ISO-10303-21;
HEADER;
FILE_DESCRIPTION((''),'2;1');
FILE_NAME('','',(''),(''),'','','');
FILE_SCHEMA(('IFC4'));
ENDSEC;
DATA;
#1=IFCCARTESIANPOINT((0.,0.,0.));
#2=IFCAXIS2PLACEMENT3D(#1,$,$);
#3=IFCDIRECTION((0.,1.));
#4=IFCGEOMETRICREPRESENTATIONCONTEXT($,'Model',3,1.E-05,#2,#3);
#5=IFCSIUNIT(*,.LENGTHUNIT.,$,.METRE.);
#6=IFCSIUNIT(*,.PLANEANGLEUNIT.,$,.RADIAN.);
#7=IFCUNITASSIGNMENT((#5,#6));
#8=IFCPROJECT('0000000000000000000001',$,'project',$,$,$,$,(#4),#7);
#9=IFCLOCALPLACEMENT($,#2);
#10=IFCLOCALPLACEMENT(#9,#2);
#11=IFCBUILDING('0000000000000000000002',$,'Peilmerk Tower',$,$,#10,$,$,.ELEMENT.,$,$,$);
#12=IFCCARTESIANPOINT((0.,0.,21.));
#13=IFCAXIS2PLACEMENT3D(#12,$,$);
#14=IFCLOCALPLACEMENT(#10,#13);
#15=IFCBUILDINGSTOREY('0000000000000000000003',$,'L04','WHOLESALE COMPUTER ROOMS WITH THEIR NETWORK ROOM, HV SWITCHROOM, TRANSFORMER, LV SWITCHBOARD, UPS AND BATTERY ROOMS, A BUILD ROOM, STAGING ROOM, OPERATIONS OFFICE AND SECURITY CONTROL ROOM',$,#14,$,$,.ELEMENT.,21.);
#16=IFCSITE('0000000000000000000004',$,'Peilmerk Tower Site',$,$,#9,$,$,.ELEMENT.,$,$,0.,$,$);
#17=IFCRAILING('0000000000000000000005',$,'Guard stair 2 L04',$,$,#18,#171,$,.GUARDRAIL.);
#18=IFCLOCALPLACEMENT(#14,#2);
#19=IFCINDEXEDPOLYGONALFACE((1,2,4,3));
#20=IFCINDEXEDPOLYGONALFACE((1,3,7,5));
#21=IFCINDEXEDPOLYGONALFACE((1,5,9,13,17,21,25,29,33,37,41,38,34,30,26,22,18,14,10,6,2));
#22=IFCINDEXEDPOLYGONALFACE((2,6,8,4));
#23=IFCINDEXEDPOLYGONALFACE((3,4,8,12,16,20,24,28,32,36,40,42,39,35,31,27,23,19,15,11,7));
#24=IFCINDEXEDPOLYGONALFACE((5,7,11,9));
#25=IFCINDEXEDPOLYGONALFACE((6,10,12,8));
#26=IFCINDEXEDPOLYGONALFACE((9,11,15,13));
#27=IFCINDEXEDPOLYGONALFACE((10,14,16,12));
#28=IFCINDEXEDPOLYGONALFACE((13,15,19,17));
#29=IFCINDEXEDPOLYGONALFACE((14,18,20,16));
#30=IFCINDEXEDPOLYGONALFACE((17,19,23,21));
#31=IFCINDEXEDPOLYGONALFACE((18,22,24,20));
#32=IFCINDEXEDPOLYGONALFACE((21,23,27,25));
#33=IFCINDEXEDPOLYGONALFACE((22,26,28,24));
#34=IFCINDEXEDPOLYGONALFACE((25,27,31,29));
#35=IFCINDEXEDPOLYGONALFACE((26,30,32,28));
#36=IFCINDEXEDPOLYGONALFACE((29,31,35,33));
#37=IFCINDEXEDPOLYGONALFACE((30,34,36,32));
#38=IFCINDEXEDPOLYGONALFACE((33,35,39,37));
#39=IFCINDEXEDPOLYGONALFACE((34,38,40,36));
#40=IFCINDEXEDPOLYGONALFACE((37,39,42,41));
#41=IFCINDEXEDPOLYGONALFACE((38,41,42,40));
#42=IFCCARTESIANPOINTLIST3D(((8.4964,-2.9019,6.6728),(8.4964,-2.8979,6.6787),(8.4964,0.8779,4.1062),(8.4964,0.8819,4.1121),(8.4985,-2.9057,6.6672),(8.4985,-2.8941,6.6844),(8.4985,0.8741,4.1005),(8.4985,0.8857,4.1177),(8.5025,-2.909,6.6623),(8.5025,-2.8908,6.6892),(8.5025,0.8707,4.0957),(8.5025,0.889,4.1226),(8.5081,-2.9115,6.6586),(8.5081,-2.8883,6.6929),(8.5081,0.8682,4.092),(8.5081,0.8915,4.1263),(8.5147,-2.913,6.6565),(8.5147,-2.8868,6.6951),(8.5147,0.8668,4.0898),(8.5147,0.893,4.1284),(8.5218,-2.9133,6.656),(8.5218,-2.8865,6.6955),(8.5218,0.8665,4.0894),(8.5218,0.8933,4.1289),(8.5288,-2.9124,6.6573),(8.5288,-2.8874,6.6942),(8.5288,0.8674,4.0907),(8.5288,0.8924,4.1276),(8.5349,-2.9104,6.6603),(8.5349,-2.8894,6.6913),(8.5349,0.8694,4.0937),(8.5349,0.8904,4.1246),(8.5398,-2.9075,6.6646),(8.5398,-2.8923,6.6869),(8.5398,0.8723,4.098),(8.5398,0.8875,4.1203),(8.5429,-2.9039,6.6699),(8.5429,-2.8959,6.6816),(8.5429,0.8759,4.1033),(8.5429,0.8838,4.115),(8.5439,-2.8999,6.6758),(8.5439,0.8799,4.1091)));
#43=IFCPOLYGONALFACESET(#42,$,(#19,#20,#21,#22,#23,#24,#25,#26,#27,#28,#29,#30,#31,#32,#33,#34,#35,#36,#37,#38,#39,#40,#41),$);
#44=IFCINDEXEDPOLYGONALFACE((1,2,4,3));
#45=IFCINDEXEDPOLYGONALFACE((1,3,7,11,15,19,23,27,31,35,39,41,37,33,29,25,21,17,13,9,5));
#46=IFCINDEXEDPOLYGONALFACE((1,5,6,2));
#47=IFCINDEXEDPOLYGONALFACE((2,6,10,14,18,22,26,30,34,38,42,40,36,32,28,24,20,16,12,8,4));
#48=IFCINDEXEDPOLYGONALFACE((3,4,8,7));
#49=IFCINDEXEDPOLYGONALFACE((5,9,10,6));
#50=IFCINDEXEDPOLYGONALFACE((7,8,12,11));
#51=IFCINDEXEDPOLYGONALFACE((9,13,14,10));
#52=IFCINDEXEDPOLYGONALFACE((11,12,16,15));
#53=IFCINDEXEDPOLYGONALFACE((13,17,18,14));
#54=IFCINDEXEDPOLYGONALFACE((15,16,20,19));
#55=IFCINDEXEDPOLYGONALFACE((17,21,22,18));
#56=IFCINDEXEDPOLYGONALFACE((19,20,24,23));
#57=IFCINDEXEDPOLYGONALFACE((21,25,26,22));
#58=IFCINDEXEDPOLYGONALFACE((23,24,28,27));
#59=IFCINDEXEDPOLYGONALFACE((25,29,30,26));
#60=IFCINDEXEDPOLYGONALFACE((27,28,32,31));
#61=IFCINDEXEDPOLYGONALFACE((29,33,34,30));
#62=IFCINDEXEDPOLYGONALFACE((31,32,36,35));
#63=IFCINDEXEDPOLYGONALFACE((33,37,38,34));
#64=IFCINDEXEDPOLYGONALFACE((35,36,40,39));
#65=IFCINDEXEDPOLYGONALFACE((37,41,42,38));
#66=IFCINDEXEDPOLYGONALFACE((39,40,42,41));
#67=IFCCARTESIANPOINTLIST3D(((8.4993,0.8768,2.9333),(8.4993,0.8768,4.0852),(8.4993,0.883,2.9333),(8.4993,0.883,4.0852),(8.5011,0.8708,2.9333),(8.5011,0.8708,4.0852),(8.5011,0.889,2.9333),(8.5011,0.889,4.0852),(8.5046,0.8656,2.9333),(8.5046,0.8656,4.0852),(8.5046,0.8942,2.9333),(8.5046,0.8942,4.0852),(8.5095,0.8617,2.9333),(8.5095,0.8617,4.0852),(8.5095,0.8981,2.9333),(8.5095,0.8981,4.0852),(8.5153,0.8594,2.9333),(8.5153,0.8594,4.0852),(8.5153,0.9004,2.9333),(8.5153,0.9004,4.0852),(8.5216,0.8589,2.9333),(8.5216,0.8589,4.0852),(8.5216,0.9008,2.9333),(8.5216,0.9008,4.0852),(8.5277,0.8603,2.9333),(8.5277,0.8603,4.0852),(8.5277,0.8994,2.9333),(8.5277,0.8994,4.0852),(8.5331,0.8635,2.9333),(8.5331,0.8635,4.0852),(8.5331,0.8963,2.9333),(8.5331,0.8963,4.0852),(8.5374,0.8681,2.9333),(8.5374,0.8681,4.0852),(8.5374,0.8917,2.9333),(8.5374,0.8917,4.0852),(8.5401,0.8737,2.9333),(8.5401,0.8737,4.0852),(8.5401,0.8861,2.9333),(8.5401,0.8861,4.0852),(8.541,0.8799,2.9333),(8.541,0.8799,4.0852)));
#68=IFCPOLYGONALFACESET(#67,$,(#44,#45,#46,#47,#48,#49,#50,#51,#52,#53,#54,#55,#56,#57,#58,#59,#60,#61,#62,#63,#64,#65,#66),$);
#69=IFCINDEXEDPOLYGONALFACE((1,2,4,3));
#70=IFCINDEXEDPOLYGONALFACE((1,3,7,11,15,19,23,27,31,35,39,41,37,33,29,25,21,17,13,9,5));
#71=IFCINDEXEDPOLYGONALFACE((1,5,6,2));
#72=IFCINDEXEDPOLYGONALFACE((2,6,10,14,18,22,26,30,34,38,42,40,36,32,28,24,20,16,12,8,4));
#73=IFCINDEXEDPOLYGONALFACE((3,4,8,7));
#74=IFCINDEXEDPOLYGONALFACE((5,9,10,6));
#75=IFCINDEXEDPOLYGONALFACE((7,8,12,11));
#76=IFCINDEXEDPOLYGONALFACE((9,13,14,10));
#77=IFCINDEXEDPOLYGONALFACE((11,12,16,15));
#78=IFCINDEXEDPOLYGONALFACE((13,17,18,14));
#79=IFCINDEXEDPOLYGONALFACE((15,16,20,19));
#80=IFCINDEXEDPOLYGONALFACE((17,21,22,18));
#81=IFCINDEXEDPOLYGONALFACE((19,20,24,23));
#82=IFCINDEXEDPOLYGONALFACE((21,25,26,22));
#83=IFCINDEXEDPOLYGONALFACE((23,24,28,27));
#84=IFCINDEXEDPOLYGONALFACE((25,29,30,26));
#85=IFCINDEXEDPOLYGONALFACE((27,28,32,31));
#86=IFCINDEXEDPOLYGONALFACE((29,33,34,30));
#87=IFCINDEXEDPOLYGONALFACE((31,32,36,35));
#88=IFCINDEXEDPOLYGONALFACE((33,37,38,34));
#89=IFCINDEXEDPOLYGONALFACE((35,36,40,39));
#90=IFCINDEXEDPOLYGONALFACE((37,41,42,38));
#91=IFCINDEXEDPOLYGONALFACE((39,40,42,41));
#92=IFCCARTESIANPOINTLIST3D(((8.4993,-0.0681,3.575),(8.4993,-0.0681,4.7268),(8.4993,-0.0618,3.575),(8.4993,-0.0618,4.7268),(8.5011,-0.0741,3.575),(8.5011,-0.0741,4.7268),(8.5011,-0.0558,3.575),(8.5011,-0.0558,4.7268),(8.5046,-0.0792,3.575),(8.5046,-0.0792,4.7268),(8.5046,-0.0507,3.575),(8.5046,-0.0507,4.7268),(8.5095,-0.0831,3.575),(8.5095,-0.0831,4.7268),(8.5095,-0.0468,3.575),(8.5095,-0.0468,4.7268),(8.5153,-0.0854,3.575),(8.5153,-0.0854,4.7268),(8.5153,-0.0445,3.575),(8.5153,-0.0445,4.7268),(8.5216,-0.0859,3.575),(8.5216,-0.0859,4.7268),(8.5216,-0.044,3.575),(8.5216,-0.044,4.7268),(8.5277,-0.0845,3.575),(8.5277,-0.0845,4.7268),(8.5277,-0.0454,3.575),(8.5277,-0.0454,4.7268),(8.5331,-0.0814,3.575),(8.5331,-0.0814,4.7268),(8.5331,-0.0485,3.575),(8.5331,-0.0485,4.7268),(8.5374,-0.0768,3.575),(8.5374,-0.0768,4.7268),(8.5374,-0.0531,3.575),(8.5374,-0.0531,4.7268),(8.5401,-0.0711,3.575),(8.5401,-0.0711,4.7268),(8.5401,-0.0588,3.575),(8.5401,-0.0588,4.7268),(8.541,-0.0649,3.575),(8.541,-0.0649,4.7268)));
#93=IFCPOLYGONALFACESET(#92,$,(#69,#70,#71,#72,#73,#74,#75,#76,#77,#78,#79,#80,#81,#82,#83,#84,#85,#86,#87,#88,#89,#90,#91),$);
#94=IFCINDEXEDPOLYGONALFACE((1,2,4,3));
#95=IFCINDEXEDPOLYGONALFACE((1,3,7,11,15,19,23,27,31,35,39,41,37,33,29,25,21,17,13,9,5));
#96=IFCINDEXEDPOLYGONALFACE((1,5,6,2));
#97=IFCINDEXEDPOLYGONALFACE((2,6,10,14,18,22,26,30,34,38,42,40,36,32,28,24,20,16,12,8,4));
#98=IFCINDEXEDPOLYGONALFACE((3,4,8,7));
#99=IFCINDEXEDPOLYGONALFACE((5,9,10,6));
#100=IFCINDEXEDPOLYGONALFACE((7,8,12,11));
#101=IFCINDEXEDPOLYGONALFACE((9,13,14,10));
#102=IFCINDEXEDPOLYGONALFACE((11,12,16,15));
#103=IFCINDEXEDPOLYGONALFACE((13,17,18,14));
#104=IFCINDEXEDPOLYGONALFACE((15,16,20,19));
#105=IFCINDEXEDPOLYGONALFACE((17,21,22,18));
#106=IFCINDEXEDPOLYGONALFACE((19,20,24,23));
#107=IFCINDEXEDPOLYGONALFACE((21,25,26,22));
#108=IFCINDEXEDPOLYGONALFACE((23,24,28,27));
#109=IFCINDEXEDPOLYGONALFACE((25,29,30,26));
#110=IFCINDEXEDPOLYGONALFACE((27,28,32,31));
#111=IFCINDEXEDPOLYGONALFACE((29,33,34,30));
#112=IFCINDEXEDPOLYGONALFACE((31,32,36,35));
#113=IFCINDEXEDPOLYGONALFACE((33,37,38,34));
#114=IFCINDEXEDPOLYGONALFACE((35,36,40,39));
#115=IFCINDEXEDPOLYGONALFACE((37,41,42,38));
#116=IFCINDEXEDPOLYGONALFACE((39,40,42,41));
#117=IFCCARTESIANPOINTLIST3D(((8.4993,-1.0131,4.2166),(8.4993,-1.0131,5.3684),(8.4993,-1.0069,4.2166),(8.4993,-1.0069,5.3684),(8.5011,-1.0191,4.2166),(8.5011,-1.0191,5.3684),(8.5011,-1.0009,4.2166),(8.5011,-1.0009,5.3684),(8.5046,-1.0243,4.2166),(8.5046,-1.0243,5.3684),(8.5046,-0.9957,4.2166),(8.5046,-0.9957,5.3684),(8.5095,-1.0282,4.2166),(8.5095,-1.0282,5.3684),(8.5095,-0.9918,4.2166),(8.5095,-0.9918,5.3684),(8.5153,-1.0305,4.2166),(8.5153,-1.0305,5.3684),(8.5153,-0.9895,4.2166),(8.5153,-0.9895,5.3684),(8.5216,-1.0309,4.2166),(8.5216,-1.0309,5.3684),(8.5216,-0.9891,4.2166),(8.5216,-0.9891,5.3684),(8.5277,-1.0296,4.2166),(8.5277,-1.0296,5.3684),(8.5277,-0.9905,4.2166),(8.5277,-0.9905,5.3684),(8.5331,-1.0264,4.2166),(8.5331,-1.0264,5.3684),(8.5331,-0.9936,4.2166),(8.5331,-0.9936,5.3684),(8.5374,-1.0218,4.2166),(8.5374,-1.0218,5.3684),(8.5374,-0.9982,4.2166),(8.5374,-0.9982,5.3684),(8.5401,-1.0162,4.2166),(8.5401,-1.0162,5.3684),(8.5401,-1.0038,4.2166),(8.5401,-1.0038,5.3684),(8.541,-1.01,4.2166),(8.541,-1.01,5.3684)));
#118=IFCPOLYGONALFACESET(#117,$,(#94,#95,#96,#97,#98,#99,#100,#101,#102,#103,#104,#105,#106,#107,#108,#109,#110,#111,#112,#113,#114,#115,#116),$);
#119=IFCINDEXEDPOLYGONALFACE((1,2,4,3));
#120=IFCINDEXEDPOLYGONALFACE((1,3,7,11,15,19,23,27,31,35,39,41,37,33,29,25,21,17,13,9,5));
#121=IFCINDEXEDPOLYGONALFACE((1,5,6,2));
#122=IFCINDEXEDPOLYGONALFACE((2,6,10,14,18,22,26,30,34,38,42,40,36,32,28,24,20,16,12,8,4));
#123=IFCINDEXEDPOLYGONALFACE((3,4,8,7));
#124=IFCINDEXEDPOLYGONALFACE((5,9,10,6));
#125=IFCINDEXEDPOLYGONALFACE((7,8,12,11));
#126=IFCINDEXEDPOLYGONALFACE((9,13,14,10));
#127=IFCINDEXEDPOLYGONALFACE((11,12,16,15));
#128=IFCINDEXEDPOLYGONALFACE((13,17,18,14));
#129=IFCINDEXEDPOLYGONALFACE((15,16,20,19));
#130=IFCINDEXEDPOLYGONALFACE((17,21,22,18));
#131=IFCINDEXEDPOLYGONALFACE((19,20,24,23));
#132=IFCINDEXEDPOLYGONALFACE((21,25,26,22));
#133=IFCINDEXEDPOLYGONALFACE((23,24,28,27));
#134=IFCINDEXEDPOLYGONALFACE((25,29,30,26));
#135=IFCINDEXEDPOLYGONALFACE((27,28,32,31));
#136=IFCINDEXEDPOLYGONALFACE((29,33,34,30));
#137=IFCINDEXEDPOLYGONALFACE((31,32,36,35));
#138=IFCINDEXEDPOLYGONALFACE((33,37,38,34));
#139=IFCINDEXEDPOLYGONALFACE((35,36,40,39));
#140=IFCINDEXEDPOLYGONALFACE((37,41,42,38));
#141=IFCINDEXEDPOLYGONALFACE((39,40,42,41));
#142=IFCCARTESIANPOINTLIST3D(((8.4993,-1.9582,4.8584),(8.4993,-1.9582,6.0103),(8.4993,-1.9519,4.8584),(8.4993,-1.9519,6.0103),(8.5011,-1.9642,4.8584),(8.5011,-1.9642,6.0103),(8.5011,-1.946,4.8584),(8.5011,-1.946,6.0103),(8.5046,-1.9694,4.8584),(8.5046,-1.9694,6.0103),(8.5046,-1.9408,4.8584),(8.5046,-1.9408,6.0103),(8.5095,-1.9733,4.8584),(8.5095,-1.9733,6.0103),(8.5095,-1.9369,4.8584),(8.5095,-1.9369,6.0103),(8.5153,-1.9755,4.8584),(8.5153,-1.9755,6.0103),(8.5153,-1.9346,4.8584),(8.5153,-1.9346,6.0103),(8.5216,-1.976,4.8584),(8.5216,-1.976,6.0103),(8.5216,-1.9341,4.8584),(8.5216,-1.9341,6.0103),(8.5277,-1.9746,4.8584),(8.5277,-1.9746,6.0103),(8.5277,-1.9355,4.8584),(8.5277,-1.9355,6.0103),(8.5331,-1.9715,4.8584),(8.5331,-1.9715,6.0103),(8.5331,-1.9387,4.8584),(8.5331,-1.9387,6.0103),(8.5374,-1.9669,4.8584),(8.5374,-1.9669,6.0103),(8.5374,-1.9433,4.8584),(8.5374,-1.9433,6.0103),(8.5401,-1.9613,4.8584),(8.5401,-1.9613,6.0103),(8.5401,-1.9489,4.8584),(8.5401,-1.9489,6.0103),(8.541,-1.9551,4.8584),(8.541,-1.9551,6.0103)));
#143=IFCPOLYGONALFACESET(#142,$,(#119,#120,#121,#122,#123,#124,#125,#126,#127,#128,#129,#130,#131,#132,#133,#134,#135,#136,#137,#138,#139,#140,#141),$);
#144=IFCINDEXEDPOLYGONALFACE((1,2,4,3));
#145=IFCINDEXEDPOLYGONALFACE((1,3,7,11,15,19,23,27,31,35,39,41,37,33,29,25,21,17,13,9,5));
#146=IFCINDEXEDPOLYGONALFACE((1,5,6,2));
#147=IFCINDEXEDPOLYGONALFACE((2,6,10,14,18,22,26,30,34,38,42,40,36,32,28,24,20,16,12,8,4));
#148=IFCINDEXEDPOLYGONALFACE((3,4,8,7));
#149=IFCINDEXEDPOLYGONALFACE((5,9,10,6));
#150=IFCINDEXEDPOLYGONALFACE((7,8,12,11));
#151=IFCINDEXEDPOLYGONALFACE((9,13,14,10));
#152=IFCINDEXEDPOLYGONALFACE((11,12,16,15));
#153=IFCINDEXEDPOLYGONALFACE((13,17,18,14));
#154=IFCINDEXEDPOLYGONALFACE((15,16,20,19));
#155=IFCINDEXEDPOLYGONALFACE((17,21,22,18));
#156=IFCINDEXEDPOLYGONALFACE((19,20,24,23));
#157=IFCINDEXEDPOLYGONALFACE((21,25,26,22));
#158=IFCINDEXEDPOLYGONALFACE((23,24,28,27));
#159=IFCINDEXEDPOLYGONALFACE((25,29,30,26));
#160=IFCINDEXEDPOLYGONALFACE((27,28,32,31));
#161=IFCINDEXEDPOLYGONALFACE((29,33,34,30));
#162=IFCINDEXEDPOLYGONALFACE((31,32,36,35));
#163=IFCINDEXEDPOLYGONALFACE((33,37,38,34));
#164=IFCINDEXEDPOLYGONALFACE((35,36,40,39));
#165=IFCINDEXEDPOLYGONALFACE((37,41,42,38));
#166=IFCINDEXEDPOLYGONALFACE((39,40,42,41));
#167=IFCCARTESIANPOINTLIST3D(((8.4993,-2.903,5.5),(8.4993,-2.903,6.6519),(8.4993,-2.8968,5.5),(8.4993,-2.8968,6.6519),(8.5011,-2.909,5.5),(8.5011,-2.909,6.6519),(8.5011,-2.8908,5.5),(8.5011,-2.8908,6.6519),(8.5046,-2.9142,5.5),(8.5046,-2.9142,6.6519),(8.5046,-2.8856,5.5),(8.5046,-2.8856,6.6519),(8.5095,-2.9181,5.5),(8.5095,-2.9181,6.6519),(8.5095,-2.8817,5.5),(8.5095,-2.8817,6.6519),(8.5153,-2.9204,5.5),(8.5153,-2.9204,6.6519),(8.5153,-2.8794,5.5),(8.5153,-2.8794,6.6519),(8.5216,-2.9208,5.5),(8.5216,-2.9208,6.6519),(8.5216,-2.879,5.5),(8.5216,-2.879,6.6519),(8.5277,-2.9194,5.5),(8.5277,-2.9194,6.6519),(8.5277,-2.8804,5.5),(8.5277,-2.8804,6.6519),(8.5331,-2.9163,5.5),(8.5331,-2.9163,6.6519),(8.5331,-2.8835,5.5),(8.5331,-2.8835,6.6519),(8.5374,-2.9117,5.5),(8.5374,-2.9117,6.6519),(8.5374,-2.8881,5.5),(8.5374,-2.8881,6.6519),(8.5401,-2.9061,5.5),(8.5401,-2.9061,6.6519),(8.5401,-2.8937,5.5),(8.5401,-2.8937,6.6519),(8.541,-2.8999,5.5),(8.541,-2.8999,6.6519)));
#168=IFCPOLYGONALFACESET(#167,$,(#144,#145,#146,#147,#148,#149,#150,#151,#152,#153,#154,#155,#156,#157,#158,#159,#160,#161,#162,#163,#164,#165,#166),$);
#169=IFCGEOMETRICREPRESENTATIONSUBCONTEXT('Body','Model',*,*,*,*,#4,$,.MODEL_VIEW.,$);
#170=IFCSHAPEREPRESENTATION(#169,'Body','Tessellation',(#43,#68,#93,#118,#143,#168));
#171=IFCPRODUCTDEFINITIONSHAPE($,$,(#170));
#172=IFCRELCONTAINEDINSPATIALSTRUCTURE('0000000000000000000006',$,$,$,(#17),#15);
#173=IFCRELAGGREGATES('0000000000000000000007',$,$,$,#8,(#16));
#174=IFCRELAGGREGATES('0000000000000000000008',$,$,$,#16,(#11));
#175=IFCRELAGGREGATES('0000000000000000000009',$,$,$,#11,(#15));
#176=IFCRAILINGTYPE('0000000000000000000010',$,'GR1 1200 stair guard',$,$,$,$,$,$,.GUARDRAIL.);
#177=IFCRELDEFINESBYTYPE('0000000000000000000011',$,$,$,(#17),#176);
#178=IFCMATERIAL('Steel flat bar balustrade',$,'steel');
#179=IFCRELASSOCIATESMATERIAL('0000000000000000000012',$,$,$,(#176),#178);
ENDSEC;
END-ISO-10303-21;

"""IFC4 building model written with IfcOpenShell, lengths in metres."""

from ifc_helpers import new_model, si_unit, direction, frame, origin, origin_2d, place, context, subcontext, project, spatial, circle, extrude, material, type_object, element, save


model = new_model("IFC4")

# Units and contexts
model_context = context("Model", 3, precision=1e-05, world=origin(), true_north=direction((0.0, 1.0)))
body_context = subcontext(model_context, "Body", "Model", "MODEL_VIEW")
ifc_project = project(units=[si_unit("LENGTHUNIT", "METRE"), si_unit("PLANEANGLEUNIT", "RADIAN")], contexts=[model_context])

# Site, building, storey
site_placement = place(None, origin())
site = spatial("IfcSite", under=ifc_project, at=site_placement, Name="Peilmerk Tower Site", CompositionType="ELEMENT", RefElevation=0.0)
building_placement = place(site_placement, origin())
building = spatial("IfcBuilding", under=site, at=building_placement, Name="Peilmerk Tower", CompositionType="ELEMENT")
storey_placement = place(building_placement, frame((0.0, 0.0, 21.0)))
storey = spatial("IfcBuildingStorey", under=building, at=storey_placement, Name="L04", Description="WHOLESALE COMPUTER ROOMS WITH THEIR NETWORK ROOM, HV SWITCHROOM, TRANSFORMER, LV SWITCHBOARD, UPS AND BATTERY ROOMS, A BUILD ROOM, STAGING ROOM, OPERATIONS OFFICE AND SECURITY CONTROL ROOM", CompositionType="ELEMENT", Elevation=21.0)

# Railing
ifc_material_1 = material(Name="Steel flat bar balustrade", Category="steel")
railing_type_1 = type_object("IfcRailingType", Name="GR1 1200 stair guard", PredefinedType="GUARDRAIL", material=ifc_material_1)
railing_1_placement = place(storey_placement, frame((8.52, 0.8799, 2.9333)))
element("IfcRailing", 1, at=railing_1_placement, inside=storey, type_object=railing_type_1, Name="Guard stair 2 L04", PredefinedType="GUARDRAIL", context=body_context, shape_type="SweptSolid", body=[
    extrude(circle(Radius=0.0239, at=origin_2d()), frame((0.0, 0.0, 1.1758), z_axis=(0.0, -0.827293, 0.561771), x_axis=(1.0, 0.0, 0.0)), (0.0, 0.0, 1.0), 4.5688),
    extrude(circle(Radius=0.021, at=origin_2d()), origin(), (0.0, 0.0, 1.0), 1.1519),
    extrude(circle(Radius=0.021, at=origin_2d()), frame((0.0, -0.9448, 0.6416)), (0.0, 0.0, 1.0), 1.1519),
    extrude(circle(Radius=0.021, at=origin_2d()), frame((0.0, -1.8899, 1.2832)), (0.0, 0.0, 1.0), 1.1519),
    extrude(circle(Radius=0.021, at=origin_2d()), frame((0.0, -2.835, 1.925)), (0.0, 0.0, 1.0), 1.1519),
    extrude(circle(Radius=0.021, at=origin_2d()), frame((0.0, -3.7798, 2.5667)), (0.0, 0.0, 1.0), 1.1519),
])

save(model, "model.ifc")
